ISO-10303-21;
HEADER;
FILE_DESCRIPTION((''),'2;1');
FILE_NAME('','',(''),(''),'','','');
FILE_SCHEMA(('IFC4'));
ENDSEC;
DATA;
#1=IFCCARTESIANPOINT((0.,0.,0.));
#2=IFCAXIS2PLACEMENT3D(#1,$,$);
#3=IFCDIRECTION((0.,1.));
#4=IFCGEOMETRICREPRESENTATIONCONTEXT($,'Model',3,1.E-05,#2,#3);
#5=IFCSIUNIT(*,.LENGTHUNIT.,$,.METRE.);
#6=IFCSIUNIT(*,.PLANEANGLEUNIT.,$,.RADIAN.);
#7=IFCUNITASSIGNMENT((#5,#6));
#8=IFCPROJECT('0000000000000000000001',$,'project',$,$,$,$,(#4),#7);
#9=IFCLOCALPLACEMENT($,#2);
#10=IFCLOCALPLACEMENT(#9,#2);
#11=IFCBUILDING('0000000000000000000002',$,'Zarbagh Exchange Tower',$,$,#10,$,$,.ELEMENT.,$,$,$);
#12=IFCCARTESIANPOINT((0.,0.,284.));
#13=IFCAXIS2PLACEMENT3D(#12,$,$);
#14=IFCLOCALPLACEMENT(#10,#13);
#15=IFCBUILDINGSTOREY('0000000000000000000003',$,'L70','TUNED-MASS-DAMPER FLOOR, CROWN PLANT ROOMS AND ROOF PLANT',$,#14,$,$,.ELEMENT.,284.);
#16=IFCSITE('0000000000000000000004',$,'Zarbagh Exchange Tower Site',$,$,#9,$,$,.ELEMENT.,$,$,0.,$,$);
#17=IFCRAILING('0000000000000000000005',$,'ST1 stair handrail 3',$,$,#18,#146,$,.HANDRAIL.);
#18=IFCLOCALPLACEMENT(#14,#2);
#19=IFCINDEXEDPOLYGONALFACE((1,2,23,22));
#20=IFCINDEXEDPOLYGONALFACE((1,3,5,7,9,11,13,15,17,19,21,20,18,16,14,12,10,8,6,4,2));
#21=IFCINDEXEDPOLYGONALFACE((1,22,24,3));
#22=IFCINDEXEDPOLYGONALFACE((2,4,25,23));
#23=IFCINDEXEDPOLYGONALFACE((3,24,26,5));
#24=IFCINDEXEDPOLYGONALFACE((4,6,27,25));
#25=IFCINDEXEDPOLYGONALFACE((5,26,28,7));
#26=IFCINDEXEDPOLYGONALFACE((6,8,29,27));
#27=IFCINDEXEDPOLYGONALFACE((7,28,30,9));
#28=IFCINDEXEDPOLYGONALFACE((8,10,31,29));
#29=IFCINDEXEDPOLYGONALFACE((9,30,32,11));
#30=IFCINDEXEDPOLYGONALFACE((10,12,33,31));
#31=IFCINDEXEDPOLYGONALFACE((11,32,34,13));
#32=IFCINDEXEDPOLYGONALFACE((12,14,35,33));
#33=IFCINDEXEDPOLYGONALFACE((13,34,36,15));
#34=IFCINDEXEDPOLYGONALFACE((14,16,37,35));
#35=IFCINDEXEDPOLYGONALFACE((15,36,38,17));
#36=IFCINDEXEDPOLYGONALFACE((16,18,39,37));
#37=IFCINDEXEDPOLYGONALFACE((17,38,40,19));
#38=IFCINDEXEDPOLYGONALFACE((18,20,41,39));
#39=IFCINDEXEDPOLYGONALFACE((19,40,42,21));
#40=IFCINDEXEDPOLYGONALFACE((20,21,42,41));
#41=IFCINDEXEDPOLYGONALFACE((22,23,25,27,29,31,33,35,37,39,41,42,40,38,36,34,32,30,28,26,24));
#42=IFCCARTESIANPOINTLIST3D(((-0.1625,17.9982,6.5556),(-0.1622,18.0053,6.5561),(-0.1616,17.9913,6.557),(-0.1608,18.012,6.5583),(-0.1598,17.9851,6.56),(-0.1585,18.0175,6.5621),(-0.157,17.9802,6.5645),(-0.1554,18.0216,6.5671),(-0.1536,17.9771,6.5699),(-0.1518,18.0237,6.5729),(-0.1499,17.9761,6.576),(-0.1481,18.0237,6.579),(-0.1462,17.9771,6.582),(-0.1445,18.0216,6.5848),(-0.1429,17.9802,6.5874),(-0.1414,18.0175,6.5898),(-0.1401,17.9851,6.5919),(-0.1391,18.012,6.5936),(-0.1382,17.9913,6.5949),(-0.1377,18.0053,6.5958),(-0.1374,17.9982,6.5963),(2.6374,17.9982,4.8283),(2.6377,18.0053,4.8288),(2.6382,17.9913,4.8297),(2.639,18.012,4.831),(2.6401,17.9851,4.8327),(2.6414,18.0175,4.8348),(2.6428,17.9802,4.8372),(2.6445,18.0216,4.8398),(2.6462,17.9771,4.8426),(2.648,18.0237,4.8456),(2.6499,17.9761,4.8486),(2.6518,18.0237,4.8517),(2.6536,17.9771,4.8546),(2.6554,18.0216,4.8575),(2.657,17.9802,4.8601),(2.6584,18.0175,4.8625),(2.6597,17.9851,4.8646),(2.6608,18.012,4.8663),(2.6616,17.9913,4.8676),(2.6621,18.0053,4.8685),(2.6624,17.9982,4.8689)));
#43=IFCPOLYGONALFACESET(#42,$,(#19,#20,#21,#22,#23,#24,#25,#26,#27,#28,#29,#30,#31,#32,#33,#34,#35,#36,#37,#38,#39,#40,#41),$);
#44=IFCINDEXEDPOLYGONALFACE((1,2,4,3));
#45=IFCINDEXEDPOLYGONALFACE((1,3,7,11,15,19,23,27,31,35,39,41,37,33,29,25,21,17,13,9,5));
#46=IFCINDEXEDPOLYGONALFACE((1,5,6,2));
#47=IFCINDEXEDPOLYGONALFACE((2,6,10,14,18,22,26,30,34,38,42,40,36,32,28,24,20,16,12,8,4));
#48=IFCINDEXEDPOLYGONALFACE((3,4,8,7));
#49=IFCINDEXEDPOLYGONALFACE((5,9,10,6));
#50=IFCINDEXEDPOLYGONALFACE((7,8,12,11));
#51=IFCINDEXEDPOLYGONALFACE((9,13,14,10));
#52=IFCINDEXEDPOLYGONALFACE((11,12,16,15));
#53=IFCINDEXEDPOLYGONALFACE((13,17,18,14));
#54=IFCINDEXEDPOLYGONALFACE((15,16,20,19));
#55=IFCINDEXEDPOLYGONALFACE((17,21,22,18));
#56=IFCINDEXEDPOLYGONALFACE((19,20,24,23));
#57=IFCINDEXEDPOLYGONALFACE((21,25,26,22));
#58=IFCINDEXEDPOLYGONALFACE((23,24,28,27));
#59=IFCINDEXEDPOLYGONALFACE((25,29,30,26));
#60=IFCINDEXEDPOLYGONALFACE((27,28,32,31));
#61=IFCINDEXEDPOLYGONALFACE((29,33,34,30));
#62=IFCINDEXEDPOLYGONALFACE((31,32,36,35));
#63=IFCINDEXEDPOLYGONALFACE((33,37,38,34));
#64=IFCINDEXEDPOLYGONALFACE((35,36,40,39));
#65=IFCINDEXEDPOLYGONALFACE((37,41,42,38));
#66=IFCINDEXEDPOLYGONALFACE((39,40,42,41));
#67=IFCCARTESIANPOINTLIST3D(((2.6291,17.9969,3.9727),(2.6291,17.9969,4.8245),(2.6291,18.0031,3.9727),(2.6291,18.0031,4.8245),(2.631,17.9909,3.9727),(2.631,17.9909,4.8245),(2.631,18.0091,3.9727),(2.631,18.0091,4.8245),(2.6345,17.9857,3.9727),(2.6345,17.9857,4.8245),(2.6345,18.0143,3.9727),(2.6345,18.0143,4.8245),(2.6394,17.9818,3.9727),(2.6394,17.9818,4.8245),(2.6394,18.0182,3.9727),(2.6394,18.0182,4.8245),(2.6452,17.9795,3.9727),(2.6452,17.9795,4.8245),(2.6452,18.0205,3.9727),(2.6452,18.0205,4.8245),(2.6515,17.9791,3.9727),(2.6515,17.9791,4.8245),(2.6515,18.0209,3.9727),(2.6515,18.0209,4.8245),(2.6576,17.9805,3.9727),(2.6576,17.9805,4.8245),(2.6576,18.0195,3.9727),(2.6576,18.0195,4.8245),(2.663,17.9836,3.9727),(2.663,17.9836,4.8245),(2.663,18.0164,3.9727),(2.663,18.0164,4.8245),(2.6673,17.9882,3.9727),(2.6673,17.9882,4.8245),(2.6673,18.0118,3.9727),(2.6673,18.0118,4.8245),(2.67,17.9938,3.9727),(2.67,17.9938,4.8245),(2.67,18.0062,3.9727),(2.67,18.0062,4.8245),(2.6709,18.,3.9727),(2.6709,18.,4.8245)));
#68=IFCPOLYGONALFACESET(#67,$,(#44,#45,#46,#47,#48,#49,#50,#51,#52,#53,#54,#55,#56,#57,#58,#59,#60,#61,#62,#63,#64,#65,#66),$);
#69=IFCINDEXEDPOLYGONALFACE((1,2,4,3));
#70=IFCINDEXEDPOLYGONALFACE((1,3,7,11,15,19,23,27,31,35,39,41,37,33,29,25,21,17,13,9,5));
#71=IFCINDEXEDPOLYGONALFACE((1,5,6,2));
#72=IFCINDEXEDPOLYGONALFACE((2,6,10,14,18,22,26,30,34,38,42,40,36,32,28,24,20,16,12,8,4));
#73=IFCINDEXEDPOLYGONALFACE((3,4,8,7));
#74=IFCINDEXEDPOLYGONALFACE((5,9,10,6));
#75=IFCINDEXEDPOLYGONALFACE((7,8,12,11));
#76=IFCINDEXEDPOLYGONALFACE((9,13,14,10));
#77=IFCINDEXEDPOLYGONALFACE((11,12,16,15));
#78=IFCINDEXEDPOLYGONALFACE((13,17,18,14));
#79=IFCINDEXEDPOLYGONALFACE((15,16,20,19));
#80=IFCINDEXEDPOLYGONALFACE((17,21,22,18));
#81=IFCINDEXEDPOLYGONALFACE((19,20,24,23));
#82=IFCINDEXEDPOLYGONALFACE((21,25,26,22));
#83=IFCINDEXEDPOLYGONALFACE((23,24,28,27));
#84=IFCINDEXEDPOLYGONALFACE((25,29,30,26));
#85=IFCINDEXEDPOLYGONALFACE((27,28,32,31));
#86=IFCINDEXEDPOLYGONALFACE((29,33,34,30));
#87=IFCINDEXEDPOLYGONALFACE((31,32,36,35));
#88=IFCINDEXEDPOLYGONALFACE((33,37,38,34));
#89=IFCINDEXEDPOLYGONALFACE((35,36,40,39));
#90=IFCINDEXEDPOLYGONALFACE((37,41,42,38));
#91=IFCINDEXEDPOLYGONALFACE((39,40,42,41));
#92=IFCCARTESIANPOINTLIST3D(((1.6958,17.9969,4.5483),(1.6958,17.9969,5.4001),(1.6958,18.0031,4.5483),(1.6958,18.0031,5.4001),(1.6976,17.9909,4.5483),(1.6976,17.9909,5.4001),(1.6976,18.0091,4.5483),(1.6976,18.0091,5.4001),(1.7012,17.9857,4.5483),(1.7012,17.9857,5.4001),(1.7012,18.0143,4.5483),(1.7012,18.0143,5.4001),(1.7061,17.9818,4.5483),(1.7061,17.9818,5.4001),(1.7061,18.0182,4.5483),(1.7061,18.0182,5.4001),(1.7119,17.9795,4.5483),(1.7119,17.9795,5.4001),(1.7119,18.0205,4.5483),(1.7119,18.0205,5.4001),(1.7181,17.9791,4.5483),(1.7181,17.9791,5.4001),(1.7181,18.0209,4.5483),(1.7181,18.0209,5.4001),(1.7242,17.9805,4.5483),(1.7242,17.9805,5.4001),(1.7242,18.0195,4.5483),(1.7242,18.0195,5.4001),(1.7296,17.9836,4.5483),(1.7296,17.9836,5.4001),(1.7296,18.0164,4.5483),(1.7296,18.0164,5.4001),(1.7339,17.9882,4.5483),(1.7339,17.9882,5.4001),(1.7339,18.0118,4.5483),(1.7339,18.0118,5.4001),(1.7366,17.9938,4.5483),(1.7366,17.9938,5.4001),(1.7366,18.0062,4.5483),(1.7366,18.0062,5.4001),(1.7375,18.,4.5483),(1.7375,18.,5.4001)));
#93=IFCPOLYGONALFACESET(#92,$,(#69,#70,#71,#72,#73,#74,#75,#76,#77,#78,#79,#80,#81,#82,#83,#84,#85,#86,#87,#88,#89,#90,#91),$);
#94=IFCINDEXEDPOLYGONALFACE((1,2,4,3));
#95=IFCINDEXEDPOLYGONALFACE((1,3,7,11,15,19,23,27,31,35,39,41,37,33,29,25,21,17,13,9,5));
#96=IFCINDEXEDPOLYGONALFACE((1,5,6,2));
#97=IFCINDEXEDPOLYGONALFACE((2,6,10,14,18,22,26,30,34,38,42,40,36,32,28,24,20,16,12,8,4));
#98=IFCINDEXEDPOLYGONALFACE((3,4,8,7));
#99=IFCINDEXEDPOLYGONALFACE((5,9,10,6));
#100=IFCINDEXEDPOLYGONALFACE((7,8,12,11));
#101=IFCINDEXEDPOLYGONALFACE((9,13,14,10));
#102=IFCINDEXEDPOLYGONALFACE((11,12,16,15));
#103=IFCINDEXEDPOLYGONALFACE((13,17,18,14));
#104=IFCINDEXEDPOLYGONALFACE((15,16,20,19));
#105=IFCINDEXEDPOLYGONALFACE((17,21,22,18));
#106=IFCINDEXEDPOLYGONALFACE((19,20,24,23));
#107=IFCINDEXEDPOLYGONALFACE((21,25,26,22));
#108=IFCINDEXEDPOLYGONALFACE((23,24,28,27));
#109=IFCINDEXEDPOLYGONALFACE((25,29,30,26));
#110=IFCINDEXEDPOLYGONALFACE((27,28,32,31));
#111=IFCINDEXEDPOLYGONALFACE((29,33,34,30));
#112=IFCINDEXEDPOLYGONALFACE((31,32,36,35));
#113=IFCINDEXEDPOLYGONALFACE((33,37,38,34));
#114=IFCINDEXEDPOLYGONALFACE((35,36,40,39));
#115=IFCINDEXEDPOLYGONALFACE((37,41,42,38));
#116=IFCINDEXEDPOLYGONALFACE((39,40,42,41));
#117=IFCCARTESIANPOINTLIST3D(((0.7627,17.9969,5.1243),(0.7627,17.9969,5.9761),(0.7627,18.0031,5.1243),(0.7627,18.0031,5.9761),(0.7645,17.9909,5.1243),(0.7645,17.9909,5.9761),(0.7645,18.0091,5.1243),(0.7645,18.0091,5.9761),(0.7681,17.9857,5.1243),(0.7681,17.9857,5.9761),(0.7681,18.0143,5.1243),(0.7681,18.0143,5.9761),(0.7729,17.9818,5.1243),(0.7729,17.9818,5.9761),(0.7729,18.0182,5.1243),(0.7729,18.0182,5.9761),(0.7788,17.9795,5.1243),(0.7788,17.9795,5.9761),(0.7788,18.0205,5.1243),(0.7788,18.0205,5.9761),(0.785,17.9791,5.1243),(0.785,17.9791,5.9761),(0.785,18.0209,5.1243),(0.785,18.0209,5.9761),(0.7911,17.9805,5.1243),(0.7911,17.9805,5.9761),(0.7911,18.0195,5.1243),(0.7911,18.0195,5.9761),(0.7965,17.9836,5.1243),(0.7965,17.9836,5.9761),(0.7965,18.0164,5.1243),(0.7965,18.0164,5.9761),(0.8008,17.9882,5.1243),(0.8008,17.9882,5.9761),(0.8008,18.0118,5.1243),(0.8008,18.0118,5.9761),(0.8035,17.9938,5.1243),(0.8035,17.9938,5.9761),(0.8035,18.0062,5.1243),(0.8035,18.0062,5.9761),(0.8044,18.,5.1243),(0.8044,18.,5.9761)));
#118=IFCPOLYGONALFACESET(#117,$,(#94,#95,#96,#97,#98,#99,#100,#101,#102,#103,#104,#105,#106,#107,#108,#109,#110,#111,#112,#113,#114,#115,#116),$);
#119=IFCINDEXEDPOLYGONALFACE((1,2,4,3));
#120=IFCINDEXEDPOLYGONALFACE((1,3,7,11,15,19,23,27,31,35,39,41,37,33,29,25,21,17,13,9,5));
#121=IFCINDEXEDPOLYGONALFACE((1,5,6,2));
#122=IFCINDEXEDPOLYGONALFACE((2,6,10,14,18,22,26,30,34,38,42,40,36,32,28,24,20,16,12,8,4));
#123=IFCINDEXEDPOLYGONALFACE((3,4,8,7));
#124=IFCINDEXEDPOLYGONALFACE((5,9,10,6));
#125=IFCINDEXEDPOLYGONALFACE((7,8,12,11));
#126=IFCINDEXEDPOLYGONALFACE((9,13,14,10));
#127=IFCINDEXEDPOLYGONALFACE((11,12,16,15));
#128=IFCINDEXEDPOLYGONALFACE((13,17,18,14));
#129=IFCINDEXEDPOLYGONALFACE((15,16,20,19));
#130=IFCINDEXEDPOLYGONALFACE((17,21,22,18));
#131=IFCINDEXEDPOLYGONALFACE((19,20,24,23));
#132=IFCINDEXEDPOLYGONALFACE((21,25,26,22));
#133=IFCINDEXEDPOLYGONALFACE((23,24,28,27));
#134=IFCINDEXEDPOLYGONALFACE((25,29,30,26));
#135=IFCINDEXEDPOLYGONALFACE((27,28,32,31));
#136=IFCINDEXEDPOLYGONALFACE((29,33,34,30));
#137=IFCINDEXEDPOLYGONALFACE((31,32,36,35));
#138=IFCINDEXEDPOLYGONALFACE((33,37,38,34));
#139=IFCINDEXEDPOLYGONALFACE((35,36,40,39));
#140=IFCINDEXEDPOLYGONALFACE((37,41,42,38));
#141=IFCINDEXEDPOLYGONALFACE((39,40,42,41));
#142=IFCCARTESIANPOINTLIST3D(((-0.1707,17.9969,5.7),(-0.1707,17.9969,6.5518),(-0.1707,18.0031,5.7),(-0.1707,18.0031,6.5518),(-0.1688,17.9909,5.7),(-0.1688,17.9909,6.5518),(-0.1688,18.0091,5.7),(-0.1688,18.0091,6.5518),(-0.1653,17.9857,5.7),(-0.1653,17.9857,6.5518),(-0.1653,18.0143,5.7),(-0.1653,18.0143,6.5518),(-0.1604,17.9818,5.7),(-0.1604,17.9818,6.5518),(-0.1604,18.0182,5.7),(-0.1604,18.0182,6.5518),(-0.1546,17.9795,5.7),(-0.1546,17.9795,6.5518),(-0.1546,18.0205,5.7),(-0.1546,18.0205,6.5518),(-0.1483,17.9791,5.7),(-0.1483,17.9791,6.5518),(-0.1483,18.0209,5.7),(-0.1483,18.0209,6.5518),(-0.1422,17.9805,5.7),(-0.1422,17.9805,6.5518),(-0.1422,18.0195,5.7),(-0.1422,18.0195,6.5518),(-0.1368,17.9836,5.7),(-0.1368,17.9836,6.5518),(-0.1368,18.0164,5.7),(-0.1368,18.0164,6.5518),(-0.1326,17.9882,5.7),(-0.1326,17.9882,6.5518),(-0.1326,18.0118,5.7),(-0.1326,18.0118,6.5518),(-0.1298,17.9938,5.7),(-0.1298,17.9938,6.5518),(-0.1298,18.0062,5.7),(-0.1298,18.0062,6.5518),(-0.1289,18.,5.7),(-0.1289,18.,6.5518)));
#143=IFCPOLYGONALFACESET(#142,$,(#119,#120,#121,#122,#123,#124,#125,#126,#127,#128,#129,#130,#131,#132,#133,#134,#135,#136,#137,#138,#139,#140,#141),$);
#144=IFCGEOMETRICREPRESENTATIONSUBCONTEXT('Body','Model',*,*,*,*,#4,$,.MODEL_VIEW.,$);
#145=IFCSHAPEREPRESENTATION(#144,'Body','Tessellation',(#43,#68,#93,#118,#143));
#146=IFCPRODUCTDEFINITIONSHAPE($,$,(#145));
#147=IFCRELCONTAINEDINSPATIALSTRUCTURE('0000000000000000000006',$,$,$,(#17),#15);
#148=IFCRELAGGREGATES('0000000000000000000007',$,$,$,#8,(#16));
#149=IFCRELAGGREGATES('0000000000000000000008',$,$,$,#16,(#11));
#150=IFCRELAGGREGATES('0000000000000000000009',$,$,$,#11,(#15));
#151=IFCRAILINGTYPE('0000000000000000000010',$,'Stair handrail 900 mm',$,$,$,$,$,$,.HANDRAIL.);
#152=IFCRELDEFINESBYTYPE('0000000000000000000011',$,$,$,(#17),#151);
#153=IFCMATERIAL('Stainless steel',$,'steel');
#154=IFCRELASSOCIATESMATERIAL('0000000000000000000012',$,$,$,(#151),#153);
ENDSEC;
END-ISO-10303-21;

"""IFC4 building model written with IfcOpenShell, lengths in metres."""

from ifc_helpers import new_model, si_unit, direction, frame, origin, origin_2d, place, context, subcontext, project, spatial, circle, extrude, material, type_object, element, save


model = new_model("IFC4")

# Units and contexts
model_context = context("Model", 3, precision=1e-05, world=origin(), true_north=direction((0.0, 1.0)))
body_context = subcontext(model_context, "Body", "Model", "MODEL_VIEW")
ifc_project = project(units=[si_unit("LENGTHUNIT", "METRE"), si_unit("PLANEANGLEUNIT", "RADIAN")], contexts=[model_context])

# Site, building, storey
site_placement = place(None, origin())
site = spatial("IfcSite", under=ifc_project, at=site_placement, Name="Zarbagh Exchange Tower Site", CompositionType="ELEMENT", RefElevation=0.0)
building_placement = place(site_placement, origin())
building = spatial("IfcBuilding", under=site, at=building_placement, Name="Zarbagh Exchange Tower", CompositionType="ELEMENT")
storey_placement = place(building_placement, frame((0.0, 0.0, 284.0)))
storey = spatial("IfcBuildingStorey", under=building, at=storey_placement, Name="L70", Description="TUNED-MASS-DAMPER FLOOR, CROWN PLANT ROOMS AND ROOF PLANT", CompositionType="ELEMENT", Elevation=284.0)

# Shared definitions
ifc_material_1 = material(Name="Stainless steel", Category="steel")

# Railing
railing_type_1 = type_object("IfcRailingType", Name="Stair handrail 900 mm", PredefinedType="HANDRAIL", material=ifc_material_1)
for number, where, name in (
    (1, (2.6499, 18.0, 3.9727), "ST1 stair handrail 3"),
):
    element("IfcRailing", number, at=place(storey_placement, frame(where)), inside=storey, type_object=railing_type_1, Name=name, PredefinedType="HANDRAIL", context=body_context, shape_type="SweptSolid", body=[
        extrude(circle(Radius=0.0239, at=origin_2d()), frame((0.0, 0.0, 0.876), z_axis=(-0.851069, 0.0, 0.525054), x_axis=(0.0, -1.0, 0.0)), (0.0, 0.0, 1.0), 3.2898),
        extrude(circle(Radius=0.021, at=origin_2d()), origin(), (0.0, 0.0, 1.0), 0.8518),
        extrude(circle(Radius=0.021, at=origin_2d()), frame((-0.9333, 0.0, 0.5757)), (0.0, 0.0, 1.0), 0.8518),
        extrude(circle(Radius=0.021, at=origin_2d()), frame((-1.8665, 0.0, 1.1516)), (0.0, 0.0, 1.0), 0.8518),
        extrude(circle(Radius=0.021, at=origin_2d()), frame((-2.7998, 0.0, 1.7273)), (0.0, 0.0, 1.0), 0.8518),
    ])

save(model, "model.ifc")
